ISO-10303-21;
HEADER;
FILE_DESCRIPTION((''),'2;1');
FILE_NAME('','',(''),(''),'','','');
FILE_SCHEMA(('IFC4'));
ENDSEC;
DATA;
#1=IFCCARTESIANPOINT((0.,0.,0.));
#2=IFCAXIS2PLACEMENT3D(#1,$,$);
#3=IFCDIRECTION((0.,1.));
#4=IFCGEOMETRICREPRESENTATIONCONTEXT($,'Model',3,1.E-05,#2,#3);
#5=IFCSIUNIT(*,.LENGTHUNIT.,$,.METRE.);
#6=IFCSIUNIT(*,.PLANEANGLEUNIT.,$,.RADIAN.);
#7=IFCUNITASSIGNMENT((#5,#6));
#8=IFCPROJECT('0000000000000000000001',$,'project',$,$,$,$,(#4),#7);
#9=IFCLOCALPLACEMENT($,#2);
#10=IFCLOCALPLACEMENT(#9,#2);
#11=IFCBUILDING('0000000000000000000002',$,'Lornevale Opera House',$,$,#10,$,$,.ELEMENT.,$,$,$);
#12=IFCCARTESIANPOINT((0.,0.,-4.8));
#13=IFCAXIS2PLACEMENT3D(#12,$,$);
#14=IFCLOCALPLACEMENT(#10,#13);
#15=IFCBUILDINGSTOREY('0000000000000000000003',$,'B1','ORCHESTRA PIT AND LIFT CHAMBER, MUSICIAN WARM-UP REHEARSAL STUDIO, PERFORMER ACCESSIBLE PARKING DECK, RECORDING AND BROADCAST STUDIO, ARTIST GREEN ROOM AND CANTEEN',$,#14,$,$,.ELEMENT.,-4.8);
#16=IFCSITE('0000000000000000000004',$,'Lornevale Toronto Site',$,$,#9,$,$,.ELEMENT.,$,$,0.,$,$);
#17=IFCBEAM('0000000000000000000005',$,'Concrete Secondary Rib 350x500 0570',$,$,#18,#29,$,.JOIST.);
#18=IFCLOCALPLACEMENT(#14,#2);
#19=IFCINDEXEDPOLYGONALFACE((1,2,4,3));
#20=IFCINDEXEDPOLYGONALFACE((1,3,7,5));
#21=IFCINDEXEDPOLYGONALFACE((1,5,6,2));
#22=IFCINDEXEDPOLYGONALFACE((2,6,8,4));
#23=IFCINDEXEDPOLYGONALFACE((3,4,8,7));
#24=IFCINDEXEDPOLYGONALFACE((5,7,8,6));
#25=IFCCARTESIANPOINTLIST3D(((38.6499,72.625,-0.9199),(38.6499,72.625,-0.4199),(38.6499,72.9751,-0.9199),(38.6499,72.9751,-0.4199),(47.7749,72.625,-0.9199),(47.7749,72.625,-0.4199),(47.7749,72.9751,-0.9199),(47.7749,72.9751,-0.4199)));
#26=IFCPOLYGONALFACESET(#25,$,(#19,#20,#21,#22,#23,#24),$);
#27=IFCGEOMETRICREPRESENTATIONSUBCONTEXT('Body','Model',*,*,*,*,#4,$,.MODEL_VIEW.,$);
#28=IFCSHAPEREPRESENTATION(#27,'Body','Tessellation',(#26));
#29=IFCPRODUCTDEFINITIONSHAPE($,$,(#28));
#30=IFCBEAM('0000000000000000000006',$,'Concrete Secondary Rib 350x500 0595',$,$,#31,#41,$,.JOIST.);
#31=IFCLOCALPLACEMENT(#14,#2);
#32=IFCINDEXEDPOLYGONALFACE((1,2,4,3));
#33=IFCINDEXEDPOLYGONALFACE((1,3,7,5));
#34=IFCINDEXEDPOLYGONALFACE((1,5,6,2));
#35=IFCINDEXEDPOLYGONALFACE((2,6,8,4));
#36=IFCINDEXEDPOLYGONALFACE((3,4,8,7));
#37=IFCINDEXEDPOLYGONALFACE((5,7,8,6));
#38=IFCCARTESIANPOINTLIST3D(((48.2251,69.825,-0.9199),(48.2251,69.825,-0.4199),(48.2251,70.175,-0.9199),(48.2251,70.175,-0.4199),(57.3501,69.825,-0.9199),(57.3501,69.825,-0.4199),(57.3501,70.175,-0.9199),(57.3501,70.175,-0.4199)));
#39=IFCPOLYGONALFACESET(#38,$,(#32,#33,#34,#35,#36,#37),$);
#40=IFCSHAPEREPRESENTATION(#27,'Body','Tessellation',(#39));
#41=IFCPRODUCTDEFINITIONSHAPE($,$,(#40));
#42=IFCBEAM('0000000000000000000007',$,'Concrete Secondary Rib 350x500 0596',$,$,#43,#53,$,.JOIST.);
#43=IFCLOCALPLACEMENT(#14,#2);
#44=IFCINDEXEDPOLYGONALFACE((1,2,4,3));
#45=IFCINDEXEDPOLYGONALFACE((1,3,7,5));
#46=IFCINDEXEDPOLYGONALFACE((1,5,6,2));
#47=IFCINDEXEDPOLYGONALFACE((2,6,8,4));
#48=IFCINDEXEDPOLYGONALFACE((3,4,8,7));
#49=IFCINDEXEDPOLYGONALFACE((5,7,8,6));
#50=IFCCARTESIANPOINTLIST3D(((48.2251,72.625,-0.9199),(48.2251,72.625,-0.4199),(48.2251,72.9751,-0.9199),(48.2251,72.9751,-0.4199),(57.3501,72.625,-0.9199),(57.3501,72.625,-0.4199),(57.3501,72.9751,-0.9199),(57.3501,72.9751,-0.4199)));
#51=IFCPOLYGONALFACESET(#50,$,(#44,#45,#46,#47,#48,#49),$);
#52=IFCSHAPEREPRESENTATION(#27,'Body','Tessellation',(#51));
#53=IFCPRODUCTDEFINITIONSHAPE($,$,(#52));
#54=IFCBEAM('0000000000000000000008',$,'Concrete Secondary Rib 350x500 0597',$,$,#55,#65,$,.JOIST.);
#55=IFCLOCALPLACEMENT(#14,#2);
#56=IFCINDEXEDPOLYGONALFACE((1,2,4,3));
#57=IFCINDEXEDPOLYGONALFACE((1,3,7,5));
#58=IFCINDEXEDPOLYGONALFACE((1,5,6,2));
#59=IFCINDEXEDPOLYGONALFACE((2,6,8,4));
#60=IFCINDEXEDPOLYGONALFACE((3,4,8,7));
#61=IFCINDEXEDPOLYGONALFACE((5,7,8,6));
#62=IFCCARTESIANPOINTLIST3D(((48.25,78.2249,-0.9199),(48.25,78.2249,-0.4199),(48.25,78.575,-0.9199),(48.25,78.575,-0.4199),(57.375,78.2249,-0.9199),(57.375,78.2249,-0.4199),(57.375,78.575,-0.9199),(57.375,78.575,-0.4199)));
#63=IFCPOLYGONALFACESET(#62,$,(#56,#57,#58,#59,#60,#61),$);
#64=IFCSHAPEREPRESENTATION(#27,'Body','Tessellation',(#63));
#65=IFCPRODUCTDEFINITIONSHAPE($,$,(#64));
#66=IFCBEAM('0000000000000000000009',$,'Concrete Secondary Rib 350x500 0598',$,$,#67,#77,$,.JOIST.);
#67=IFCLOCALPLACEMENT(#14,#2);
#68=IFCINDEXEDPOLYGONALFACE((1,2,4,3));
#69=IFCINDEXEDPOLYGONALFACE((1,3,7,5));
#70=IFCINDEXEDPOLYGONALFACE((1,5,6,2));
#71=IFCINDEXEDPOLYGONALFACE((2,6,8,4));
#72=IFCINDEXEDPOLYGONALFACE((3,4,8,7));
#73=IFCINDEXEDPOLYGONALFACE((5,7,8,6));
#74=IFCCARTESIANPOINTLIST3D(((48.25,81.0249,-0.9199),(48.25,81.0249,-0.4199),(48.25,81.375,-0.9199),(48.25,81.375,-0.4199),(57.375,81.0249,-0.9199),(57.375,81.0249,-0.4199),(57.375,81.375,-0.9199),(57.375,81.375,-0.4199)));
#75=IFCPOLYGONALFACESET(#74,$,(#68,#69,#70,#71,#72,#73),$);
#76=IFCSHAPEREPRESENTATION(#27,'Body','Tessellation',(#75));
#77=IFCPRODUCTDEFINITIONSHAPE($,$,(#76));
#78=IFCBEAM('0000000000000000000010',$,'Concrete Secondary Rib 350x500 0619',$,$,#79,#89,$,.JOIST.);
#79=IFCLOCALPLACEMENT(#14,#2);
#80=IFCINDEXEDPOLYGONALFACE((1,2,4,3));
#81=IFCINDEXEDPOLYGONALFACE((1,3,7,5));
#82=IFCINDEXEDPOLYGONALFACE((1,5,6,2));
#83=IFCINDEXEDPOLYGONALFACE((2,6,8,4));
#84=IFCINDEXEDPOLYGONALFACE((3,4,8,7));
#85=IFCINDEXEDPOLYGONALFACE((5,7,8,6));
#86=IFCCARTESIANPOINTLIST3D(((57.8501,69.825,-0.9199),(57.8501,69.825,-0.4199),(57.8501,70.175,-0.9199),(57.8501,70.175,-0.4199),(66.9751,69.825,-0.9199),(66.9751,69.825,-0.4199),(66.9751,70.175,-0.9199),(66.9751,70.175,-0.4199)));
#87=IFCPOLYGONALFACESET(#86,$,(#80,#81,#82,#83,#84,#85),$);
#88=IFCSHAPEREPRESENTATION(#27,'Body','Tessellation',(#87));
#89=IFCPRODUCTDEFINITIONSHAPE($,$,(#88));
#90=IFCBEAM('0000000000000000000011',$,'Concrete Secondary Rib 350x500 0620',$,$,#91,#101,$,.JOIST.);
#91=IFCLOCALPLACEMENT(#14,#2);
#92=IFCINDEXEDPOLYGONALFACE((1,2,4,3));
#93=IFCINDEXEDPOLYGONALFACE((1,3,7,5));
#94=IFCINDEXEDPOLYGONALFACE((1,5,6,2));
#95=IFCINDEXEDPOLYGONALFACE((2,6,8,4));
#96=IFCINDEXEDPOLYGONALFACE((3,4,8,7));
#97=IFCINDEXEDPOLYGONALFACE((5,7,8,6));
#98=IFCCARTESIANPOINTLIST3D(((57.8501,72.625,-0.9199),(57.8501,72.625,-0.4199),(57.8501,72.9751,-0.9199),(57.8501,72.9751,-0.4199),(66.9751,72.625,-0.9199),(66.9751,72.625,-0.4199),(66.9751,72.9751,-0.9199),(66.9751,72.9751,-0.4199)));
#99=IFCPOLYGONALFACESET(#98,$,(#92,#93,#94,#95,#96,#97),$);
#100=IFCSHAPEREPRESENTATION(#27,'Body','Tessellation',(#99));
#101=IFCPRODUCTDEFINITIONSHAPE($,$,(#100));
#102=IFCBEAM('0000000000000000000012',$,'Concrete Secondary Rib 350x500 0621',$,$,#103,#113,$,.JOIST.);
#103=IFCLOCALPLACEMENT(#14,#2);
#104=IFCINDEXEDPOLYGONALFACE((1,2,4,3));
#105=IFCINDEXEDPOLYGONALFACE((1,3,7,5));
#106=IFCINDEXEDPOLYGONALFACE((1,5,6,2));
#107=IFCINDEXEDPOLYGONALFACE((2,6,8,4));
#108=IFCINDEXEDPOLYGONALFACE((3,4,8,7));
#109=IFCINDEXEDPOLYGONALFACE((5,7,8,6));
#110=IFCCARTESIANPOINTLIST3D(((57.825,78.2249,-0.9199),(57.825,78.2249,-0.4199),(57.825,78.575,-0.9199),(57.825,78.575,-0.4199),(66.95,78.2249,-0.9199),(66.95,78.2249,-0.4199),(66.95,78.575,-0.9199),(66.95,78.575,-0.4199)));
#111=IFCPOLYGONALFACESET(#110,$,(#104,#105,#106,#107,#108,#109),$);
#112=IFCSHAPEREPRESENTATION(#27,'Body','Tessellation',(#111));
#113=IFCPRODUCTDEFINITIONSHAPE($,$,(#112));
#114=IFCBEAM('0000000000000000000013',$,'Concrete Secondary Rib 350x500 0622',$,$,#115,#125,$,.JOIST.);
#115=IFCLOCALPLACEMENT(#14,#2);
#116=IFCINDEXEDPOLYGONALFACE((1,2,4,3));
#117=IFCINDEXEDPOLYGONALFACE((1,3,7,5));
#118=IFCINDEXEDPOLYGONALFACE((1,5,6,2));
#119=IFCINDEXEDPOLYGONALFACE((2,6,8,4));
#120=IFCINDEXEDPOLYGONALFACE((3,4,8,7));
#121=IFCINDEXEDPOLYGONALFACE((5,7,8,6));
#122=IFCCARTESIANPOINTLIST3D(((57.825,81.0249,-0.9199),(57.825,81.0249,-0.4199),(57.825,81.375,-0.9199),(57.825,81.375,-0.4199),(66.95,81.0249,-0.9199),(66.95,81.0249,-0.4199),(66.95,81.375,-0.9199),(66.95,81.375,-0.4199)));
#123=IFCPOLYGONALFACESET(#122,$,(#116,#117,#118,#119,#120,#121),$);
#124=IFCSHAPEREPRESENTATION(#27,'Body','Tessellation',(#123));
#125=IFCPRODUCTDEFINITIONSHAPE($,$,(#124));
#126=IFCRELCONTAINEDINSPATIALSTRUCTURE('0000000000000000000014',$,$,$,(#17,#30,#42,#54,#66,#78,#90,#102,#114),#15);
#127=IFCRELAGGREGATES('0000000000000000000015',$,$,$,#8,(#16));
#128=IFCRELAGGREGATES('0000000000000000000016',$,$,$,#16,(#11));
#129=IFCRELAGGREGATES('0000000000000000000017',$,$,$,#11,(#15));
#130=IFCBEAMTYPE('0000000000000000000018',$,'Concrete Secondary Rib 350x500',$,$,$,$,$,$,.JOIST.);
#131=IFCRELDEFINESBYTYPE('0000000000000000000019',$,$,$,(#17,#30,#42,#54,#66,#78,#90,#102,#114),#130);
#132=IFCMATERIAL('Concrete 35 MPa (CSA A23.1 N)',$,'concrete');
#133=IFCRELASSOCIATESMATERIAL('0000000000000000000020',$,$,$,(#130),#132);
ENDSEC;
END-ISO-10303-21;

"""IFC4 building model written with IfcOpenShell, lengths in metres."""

from ifc_helpers import new_model, si_unit, direction, frame, origin, origin_2d, place, context, subcontext, project, spatial, rectangle, extrude, material, material_profile, profile_set, type_object, element, save


model = new_model("IFC4")

# Units and contexts
model_context = context("Model", 3, precision=1e-05, world=origin(), true_north=direction((0.0, 1.0)))
body_context = subcontext(model_context, "Body", "Model", "MODEL_VIEW")
ifc_project = project(units=[si_unit("LENGTHUNIT", "METRE"), si_unit("PLANEANGLEUNIT", "RADIAN")], contexts=[model_context])

# Site, building, storey
site_placement = place(None, origin())
site = spatial("IfcSite", under=ifc_project, at=site_placement, Name="Lornevale Toronto Site", CompositionType="ELEMENT", RefElevation=0.0)
building_placement = place(site_placement, origin())
building = spatial("IfcBuilding", under=site, at=building_placement, Name="Lornevale Opera House", CompositionType="ELEMENT")
storey_placement = place(building_placement, frame((0.0, 0.0, -4.8)))
storey = spatial("IfcBuildingStorey", under=building, at=storey_placement, Name="B1", Description="ORCHESTRA PIT AND LIFT CHAMBER, MUSICIAN WARM-UP REHEARSAL STUDIO, PERFORMER ACCESSIBLE PARKING DECK, RECORDING AND BROADCAST STUDIO, ARTIST GREEN ROOM AND CANTEEN", CompositionType="ELEMENT", Elevation=-4.8)

# Beams
ifc_material_1 = material(Name="Concrete 35 MPa (CSA A23.1 N)", Category="concrete")
ifc_material_profile_1 = material_profile(ifc_material_1, rectangle(XDim=0.3501, YDim=0.5, at=origin_2d()), Name="RC350x500")
ifc_profile_set_1 = profile_set([ifc_material_profile_1], Name="Concrete 35 MPa (CSA A23.1 N)")
beam_type_1 = type_object("IfcBeamType", Name="Concrete Secondary Rib 350x500", PredefinedType="JOIST", material=ifc_profile_set_1)
for number, where, z_axis, x_axis, name in (
    (1, (38.6499, 72.8, -0.6699), (1.0, 0.0, 0.0), (0.0, 1.0, 0.0), "Concrete Secondary Rib 350x500 0570"),
    (2, (48.2251, 70.0, -0.6699), (1.0, 0.0, 0.0), (0.0, 1.0, 0.0), "Concrete Secondary Rib 350x500 0595"),
    (3, (48.2251, 72.8, -0.6699), (1.0, 0.0, 0.0), (0.0, 1.0, 0.0), "Concrete Secondary Rib 350x500 0596"),
    (4, (48.25, 78.3999, -0.6699), (1.0, 0.0, 0.0), (0.0, 1.0, 0.0), "Concrete Secondary Rib 350x500 0597"),
    (5, (48.25, 81.2, -0.6699), (1.0, 0.0, 0.0), (0.0, 1.0, 0.0), "Concrete Secondary Rib 350x500 0598"),
    (6, (57.8501, 70.0, -0.6699), (1.0, 0.0, 0.0), (0.0, 1.0, 0.0), "Concrete Secondary Rib 350x500 0619"),
    (7, (57.8501, 72.8, -0.6699), (1.0, 0.0, 0.0), (0.0, 1.0, 0.0), "Concrete Secondary Rib 350x500 0620"),
    (8, (57.825, 78.3999, -0.6699), (1.0, 0.0, 0.0), (0.0, 1.0, 0.0), "Concrete Secondary Rib 350x500 0621"),
    (9, (57.825, 81.2, -0.6699), (1.0, 0.0, 0.0), (0.0, 1.0, 0.0), "Concrete Secondary Rib 350x500 0622"),
):
    element("IfcBeam", number, at=place(storey_placement, frame(where, z_axis=z_axis, x_axis=x_axis)), inside=storey, type_object=beam_type_1, Name=name, PredefinedType="JOIST", context=body_context, shape_type="SweptSolid", body=[
        extrude(rectangle(XDim=0.3501, YDim=0.5, at=origin_2d()), origin(), (0.0, 0.0, 1.0), 9.125),
    ])

save(model, "model.ifc")
